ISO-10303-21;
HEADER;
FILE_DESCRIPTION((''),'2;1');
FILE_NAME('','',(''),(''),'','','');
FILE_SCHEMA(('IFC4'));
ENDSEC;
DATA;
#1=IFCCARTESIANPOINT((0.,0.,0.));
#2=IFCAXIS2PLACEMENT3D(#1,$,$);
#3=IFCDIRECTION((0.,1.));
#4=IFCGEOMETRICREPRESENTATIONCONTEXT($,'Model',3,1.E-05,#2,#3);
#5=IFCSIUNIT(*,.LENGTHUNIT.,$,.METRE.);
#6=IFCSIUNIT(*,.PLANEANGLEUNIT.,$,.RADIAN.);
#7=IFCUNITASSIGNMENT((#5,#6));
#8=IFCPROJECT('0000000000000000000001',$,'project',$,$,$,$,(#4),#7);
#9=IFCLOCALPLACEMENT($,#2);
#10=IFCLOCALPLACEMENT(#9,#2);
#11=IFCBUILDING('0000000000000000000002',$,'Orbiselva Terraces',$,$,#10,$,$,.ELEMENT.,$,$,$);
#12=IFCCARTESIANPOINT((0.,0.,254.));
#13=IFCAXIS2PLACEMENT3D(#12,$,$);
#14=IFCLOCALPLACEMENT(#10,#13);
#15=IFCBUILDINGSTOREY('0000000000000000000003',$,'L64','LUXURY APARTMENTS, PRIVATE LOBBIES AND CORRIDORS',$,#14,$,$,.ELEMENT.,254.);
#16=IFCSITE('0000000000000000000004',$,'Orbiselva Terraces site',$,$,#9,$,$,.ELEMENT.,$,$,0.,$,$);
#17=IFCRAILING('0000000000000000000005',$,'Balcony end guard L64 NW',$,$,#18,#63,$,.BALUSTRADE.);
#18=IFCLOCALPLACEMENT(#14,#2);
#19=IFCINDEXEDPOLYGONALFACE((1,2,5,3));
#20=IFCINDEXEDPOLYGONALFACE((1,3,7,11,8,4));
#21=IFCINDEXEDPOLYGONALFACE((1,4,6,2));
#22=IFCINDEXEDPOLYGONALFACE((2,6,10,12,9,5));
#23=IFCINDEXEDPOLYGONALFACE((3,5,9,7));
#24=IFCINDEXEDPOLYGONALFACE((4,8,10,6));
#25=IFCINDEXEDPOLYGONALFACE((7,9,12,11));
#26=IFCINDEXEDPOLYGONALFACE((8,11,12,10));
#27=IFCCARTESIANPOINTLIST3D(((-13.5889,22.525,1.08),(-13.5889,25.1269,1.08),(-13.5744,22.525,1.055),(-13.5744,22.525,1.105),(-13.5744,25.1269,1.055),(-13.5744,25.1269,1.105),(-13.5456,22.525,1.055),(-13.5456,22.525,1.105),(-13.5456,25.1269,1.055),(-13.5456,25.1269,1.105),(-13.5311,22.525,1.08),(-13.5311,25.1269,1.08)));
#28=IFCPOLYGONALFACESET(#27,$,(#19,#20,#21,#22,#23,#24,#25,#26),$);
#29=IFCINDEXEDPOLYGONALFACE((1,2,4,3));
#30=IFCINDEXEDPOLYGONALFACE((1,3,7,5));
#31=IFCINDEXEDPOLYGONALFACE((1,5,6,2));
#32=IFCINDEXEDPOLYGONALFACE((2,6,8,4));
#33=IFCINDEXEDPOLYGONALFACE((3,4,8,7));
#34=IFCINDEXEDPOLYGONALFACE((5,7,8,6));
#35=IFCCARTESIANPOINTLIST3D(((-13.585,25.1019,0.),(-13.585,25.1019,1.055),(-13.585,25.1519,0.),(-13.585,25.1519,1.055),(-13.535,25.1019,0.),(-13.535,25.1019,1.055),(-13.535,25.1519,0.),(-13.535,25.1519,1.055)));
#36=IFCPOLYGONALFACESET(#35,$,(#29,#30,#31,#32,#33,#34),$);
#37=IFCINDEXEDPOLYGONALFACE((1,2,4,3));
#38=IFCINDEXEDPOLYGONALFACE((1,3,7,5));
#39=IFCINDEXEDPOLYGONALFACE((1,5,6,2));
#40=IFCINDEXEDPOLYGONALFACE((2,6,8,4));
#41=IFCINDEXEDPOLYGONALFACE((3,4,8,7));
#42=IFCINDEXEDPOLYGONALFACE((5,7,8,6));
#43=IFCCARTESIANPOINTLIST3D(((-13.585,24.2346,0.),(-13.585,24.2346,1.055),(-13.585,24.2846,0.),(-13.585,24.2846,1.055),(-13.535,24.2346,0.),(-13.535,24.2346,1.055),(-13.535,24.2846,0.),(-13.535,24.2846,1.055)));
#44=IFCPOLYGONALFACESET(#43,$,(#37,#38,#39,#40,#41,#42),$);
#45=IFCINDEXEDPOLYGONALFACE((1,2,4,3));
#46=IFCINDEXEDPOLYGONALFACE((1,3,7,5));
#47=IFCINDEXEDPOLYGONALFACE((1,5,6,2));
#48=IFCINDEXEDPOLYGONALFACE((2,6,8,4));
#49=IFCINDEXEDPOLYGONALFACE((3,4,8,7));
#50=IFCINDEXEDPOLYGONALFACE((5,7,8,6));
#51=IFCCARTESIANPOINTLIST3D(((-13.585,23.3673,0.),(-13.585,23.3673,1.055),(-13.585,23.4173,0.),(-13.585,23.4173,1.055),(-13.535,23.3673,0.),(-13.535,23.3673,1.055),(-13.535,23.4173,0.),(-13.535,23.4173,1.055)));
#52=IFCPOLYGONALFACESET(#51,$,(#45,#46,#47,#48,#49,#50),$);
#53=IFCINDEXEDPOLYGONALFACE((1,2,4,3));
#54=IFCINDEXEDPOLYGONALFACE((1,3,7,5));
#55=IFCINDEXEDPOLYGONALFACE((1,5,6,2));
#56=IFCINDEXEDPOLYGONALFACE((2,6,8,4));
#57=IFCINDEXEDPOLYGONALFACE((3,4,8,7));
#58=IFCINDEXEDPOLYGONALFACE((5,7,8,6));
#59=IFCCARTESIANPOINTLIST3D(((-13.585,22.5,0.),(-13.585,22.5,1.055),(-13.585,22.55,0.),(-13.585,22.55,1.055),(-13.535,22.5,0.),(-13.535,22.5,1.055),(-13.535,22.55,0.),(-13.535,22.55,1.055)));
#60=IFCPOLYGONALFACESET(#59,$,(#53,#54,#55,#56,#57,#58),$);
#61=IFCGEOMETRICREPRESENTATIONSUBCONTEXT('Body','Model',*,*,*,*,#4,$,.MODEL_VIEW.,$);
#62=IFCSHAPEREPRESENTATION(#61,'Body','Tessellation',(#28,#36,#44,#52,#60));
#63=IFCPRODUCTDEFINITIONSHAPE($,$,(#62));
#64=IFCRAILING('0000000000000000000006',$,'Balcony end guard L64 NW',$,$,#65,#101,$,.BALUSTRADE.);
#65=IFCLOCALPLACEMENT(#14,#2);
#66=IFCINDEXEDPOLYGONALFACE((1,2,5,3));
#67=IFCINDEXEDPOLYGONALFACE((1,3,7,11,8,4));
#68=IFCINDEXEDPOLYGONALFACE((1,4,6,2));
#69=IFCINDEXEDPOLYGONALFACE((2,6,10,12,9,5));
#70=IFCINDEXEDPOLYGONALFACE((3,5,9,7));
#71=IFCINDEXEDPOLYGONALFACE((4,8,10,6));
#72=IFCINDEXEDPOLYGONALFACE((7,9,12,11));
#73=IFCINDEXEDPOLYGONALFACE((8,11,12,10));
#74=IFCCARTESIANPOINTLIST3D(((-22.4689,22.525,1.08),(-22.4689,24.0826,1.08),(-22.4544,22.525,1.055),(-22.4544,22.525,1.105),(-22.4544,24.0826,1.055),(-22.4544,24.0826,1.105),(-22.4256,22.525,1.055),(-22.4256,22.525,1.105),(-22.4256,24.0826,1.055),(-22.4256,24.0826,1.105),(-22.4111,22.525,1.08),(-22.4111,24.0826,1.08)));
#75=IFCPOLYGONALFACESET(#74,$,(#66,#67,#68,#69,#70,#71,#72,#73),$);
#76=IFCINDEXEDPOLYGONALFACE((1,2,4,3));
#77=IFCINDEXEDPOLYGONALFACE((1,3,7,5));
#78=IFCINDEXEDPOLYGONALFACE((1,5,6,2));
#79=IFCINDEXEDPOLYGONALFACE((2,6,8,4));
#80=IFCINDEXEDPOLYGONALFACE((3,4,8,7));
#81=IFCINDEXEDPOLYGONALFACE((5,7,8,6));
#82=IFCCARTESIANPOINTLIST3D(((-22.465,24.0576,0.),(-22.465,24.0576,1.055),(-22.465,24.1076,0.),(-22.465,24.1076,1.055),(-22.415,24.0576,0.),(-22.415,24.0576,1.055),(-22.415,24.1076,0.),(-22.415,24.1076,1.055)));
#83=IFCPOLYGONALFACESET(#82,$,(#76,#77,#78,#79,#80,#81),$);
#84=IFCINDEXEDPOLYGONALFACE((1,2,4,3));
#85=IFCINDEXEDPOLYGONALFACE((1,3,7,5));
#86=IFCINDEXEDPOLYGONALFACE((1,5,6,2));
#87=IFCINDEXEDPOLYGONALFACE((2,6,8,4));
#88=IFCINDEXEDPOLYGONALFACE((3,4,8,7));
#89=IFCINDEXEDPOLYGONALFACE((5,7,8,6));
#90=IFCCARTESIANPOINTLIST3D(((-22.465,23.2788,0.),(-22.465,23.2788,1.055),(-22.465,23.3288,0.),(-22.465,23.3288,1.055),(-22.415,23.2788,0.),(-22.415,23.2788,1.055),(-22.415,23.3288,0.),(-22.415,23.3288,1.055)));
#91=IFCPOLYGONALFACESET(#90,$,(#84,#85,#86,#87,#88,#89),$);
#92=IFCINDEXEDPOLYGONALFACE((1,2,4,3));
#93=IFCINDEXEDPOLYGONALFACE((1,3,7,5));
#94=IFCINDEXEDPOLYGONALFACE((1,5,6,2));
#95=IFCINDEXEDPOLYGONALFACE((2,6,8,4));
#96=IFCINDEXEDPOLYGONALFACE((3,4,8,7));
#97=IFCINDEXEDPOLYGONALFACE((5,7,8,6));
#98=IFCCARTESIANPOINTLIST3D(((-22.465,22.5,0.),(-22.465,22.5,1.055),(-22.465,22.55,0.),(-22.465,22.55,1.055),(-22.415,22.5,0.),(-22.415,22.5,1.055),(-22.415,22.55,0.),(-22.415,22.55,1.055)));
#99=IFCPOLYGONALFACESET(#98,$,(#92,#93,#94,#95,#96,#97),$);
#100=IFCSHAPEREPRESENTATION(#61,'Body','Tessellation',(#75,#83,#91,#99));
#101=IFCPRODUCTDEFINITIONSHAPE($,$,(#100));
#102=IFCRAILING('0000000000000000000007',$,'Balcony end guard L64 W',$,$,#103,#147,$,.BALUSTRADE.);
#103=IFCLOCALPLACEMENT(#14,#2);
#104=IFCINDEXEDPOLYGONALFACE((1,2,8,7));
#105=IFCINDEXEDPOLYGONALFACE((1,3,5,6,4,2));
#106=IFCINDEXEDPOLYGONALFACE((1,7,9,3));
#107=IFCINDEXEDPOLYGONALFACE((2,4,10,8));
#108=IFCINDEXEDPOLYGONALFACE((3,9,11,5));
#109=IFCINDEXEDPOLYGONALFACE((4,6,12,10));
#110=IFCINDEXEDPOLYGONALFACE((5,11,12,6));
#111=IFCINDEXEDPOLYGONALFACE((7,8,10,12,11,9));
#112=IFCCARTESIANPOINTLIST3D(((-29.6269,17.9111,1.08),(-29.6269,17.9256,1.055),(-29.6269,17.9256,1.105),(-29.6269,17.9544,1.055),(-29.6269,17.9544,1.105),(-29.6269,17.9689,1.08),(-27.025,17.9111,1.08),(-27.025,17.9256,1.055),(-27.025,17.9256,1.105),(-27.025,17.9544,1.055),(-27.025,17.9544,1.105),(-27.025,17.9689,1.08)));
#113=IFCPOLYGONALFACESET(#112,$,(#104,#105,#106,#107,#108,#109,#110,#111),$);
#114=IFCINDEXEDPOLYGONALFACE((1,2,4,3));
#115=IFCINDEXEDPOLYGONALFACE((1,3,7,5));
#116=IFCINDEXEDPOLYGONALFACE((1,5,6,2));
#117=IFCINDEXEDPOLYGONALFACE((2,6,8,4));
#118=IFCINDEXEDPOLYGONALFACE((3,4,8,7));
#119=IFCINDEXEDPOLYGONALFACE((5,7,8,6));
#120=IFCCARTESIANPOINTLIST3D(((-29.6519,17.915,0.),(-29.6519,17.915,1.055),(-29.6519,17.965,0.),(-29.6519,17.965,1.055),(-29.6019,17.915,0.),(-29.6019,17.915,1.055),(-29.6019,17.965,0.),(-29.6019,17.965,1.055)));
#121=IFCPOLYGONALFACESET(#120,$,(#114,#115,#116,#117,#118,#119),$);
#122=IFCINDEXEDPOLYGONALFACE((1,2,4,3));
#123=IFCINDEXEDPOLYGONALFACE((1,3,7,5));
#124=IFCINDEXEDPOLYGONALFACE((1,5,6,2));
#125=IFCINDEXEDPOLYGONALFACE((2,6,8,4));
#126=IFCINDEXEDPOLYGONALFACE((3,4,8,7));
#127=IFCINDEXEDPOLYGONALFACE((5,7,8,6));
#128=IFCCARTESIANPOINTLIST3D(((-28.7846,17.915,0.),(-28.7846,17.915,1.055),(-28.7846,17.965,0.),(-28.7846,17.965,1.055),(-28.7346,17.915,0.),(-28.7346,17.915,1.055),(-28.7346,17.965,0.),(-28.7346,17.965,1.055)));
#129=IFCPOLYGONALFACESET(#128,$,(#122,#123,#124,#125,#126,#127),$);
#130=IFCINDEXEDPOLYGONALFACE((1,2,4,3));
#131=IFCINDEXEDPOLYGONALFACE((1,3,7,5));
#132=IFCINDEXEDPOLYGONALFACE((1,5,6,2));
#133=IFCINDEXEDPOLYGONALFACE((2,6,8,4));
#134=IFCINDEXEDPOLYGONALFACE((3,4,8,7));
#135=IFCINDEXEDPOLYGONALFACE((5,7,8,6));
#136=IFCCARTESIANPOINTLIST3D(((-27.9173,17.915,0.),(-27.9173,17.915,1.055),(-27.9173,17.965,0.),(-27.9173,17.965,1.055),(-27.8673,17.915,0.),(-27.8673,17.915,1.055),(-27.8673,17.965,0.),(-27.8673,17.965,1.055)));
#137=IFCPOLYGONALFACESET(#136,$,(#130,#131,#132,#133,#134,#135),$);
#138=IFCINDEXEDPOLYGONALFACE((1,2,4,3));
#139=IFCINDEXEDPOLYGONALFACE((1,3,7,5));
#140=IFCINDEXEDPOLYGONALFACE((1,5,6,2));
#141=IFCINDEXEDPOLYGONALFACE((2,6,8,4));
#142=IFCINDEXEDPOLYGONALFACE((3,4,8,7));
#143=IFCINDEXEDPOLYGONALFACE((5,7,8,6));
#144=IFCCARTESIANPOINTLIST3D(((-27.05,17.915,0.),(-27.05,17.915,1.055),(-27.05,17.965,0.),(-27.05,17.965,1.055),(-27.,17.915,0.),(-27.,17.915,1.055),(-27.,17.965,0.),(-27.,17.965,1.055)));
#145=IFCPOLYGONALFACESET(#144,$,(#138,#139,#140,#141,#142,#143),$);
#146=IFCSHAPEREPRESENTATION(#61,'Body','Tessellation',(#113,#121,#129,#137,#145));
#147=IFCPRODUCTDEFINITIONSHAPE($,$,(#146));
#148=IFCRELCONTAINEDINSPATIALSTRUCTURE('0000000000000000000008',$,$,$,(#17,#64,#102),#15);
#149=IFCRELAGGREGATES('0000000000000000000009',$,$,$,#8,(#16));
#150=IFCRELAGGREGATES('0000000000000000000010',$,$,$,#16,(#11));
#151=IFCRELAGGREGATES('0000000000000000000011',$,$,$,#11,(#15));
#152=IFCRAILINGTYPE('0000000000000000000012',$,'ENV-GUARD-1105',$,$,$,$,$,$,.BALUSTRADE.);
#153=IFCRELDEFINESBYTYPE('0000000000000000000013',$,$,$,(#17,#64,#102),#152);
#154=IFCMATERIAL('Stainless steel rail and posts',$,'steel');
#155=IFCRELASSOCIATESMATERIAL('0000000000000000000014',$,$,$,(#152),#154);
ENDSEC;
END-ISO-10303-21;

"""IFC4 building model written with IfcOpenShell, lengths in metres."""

from ifc_helpers import new_model, si_unit, direction, frame, origin, origin_2d, place, context, subcontext, project, spatial, polyline, rectangle, outline, extrude, material, type_object, element, save


model = new_model("IFC4")

# Units and contexts
model_context = context("Model", 3, precision=1e-05, world=origin(), true_north=direction((0.0, 1.0)))
body_context = subcontext(model_context, "Body", "Model", "MODEL_VIEW")
ifc_project = project(units=[si_unit("LENGTHUNIT", "METRE"), si_unit("PLANEANGLEUNIT", "RADIAN")], contexts=[model_context])

# Site, building, storey
site_placement = place(None, origin())
site = spatial("IfcSite", under=ifc_project, at=site_placement, Name="Orbiselva Terraces site", CompositionType="ELEMENT", RefElevation=0.0)
building_placement = place(site_placement, origin())
building = spatial("IfcBuilding", under=site, at=building_placement, Name="Orbiselva Terraces", CompositionType="ELEMENT")
storey_placement = place(building_placement, frame((0.0, 0.0, 254.0)))
storey = spatial("IfcBuildingStorey", under=building, at=storey_placement, Name="L64", Description="LUXURY APARTMENTS, PRIVATE LOBBIES AND CORRIDORS", CompositionType="ELEMENT", Elevation=254.0)

# Railings
ifc_material_1 = material(Name="Stainless steel rail and posts", Category="steel")
railing_type_1 = type_object("IfcRailingType", Name="ENV-GUARD-1105", PredefinedType="BALUSTRADE", material=ifc_material_1)
railing_1_placement = place(storey_placement, frame((-13.56, 25.1269, 0.0)))
element("IfcRailing", 1, at=railing_1_placement, inside=storey, type_object=railing_type_1, Name="Balcony end guard L64 NW", PredefinedType="BALUSTRADE", context=body_context, shape_type="SweptSolid", body=[
    extrude(outline(polyline([(0.0289, 0.0), (0.0144, 0.025), (-0.0144, 0.025), (-0.0289, 0.0), (-0.0144, -0.025), (0.0144, -0.025), (0.0289, 0.0)])), frame((0.0, 0.0, 1.08), z_axis=(0.0, -1.0, 0.0), x_axis=(1.0, 0.0, 0.0)), (0.0, 0.0, 1.0), 2.6019),
    extrude(rectangle(XDim=0.05, YDim=0.05, at=origin_2d()), origin(), (0.0, 0.0, 1.0), 1.055),
    extrude(rectangle(XDim=0.05, YDim=0.05, at=origin_2d()), frame((0.0, -0.8673, 0.0)), (0.0, 0.0, 1.0), 1.055),
    extrude(rectangle(XDim=0.05, YDim=0.05, at=origin_2d()), frame((0.0, -1.7346, 0.0)), (0.0, 0.0, 1.0), 1.055),
    extrude(rectangle(XDim=0.05, YDim=0.05, at=origin_2d()), frame((0.0, -2.6019, 0.0)), (0.0, 0.0, 1.0), 1.055),
])
railing_2_placement = place(storey_placement, frame((-22.44, 24.0826, 0.0)))
element("IfcRailing", 2, at=railing_2_placement, inside=storey, type_object=railing_type_1, Name="Balcony end guard L64 NW", PredefinedType="BALUSTRADE", context=body_context, shape_type="SweptSolid", body=[
    extrude(outline(polyline([(0.0289, 0.0), (0.0144, 0.025), (-0.0144, 0.025), (-0.0289, 0.0), (-0.0144, -0.025), (0.0144, -0.025), (0.0289, 0.0)])), frame((0.0, 0.0, 1.08), z_axis=(0.0, -1.0, 0.0), x_axis=(1.0, 0.0, 0.0)), (0.0, 0.0, 1.0), 1.5576),
    extrude(rectangle(XDim=0.05, YDim=0.05, at=origin_2d()), origin(), (0.0, 0.0, 1.0), 1.055),
    extrude(rectangle(XDim=0.05, YDim=0.05, at=origin_2d()), frame((0.0, -0.7788, 0.0)), (0.0, 0.0, 1.0), 1.055),
    extrude(rectangle(XDim=0.05, YDim=0.05, at=origin_2d()), frame((0.0, -1.5576, 0.0)), (0.0, 0.0, 1.0), 1.055),
])
railing_3_placement = place(storey_placement, frame((-29.6269, 17.94, 0.0)))
element("IfcRailing", 3, at=railing_3_placement, inside=storey, type_object=railing_type_1, Name="Balcony end guard L64 W", PredefinedType="BALUSTRADE", context=body_context, shape_type="SweptSolid", body=[
    extrude(outline(polyline([(0.0289, 0.0), (0.0144, 0.025), (-0.0144, 0.025), (-0.0289, 0.0), (-0.0144, -0.025), (0.0144, -0.025), (0.0289, 0.0)])), frame((0.0, 0.0, 1.08), z_axis=(1.0, 0.0, 0.0), x_axis=(0.0, 1.0, 0.0)), (0.0, 0.0, 1.0), 2.6019),
    extrude(rectangle(XDim=0.05, YDim=0.05, at=origin_2d()), origin(), (0.0, 0.0, 1.0), 1.055),
    extrude(rectangle(XDim=0.05, YDim=0.05, at=origin_2d()), frame((0.8673, 0.0, 0.0)), (0.0, 0.0, 1.0), 1.055),
    extrude(rectangle(XDim=0.05, YDim=0.05, at=origin_2d()), frame((1.7346, 0.0, 0.0)), (0.0, 0.0, 1.0), 1.055),
    extrude(rectangle(XDim=0.05, YDim=0.05, at=origin_2d()), frame((2.6019, 0.0, 0.0)), (0.0, 0.0, 1.0), 1.055),
])

save(model, "model.ifc")
